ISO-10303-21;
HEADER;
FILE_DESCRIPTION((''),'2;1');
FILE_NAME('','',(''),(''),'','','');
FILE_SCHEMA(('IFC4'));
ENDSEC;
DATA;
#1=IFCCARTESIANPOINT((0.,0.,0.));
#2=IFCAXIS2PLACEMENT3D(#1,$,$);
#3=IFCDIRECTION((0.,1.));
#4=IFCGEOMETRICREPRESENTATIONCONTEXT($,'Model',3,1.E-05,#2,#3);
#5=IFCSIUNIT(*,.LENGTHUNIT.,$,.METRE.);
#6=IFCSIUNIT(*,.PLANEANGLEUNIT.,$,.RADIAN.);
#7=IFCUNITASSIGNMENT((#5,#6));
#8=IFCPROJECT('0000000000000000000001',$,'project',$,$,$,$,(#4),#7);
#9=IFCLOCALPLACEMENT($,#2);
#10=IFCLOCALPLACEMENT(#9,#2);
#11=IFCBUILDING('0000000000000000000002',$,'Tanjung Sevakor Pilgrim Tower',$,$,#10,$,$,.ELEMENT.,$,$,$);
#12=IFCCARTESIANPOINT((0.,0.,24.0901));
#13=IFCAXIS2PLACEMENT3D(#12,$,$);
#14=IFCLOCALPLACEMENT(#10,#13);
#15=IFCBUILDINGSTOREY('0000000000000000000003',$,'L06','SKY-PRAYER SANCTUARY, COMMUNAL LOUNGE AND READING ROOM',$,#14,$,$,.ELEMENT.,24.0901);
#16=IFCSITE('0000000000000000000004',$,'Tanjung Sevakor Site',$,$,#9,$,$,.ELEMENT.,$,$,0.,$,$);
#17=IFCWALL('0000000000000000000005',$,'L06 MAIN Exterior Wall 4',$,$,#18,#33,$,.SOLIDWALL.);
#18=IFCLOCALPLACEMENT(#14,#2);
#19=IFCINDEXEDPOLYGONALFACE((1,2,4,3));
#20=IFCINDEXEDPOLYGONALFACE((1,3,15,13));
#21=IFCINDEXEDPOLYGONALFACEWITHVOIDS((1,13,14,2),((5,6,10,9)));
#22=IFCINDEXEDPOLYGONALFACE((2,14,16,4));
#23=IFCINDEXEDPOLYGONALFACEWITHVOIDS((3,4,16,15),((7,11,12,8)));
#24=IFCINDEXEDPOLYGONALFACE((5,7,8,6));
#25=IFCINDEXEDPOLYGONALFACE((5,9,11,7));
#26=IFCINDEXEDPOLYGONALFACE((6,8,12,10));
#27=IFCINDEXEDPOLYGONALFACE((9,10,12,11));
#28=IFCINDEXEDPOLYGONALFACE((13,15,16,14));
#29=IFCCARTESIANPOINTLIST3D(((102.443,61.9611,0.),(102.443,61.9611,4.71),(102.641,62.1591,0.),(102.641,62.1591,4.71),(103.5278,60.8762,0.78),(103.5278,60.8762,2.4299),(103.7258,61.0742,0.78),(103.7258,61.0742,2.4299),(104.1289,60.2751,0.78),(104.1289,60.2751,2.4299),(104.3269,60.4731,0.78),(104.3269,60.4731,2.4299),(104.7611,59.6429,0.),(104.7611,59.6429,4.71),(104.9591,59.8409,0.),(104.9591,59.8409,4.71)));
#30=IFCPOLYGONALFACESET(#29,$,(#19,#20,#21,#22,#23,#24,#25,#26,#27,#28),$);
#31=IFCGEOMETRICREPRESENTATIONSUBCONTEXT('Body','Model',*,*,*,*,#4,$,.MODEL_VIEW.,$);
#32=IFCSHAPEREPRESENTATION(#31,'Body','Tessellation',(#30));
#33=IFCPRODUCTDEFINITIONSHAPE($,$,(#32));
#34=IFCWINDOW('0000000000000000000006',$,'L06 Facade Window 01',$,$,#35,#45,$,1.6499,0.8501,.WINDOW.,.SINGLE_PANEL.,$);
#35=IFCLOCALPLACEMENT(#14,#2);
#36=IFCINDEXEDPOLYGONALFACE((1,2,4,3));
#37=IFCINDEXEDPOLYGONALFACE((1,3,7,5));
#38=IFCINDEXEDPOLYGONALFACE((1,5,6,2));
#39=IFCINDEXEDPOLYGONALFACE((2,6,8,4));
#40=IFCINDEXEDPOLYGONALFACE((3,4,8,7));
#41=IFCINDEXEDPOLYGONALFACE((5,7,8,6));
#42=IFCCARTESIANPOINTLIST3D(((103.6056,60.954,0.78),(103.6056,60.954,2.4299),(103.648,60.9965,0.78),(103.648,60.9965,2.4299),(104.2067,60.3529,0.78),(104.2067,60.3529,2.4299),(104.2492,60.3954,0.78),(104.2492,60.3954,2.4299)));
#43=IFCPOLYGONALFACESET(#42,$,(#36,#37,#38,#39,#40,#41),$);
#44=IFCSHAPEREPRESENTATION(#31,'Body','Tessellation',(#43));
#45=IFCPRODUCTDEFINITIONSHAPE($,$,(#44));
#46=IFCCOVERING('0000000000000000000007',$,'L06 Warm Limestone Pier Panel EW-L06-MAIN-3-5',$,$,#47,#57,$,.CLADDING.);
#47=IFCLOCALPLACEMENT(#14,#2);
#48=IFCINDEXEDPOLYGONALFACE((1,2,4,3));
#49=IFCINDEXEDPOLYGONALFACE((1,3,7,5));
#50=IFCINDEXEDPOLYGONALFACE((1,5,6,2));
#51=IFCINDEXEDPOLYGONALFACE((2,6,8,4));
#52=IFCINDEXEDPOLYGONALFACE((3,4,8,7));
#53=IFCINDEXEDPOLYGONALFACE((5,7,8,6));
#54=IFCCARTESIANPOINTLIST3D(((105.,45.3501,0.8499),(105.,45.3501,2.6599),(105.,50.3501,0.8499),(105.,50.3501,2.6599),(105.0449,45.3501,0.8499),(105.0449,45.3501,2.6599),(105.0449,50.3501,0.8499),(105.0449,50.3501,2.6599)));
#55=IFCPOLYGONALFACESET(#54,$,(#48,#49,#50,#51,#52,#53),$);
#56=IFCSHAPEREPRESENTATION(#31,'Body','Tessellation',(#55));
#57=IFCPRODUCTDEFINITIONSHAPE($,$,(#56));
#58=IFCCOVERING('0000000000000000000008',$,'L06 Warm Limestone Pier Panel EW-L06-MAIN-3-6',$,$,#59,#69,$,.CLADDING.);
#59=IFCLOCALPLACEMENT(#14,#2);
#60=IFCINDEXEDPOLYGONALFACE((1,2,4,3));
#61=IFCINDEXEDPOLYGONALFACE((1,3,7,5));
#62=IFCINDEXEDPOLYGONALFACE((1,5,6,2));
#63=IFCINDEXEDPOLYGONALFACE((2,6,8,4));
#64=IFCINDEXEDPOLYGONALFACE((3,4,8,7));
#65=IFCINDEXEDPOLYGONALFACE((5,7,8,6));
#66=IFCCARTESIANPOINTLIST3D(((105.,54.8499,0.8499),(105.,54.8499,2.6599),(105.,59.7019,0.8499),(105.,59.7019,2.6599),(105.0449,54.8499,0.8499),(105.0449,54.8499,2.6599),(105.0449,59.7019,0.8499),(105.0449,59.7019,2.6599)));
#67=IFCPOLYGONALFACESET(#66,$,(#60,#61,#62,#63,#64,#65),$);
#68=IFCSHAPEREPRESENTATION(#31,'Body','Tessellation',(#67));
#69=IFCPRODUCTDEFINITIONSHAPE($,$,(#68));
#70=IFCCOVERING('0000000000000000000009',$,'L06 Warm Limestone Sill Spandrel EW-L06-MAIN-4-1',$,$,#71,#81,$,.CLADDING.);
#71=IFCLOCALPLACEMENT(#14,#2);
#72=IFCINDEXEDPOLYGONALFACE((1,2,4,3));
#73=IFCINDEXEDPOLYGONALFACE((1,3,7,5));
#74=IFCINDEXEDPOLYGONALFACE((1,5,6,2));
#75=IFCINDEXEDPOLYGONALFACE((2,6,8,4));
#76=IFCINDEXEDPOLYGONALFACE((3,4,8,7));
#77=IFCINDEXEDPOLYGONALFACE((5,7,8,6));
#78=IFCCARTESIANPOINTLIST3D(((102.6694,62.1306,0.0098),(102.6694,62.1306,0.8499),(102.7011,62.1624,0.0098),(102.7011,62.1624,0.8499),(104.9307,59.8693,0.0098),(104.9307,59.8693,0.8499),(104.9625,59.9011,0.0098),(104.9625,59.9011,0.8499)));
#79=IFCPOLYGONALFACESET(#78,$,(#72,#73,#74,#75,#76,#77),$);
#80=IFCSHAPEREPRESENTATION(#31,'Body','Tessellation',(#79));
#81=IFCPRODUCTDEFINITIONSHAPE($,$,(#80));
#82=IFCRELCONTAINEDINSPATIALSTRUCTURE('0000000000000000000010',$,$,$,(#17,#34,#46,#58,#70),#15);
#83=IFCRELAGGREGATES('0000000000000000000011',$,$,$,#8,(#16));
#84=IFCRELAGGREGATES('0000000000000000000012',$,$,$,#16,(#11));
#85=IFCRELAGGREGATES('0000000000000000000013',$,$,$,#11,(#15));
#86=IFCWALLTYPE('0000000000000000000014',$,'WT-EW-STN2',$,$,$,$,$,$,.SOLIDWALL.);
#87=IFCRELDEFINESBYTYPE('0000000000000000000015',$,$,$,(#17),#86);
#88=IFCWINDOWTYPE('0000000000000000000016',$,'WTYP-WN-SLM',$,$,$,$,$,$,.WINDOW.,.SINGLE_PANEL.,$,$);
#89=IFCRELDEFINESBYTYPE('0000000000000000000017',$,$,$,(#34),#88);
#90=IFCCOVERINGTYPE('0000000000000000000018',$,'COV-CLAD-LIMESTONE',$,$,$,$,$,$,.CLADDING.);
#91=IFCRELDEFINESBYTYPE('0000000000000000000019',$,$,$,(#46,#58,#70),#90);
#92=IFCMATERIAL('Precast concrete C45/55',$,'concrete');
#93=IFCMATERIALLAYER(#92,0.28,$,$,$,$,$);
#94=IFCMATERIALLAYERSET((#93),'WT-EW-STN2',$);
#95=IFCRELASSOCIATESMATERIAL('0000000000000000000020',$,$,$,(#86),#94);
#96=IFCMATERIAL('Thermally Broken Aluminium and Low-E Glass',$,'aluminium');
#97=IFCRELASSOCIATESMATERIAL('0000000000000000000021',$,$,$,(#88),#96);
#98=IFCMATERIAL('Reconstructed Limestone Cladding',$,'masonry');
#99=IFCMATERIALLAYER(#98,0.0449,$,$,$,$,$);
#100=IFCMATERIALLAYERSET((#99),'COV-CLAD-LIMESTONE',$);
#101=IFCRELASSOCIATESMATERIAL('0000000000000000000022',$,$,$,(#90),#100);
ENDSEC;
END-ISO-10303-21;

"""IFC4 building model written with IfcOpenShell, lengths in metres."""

from ifc_helpers import new_model, si_unit, direction, frame, frame_2d, origin, origin_2d, place, context, subcontext, project, spatial, rectangle, extrude, material, layer, layer_set, type_object, element, fill, save


model = new_model("IFC4")

# Units and contexts
model_context = context("Model", 3, precision=1e-05, world=origin(), true_north=direction((0.0, 1.0)))
body_context = subcontext(model_context, "Body", "Model", "MODEL_VIEW")
ifc_project = project(units=[si_unit("LENGTHUNIT", "METRE"), si_unit("PLANEANGLEUNIT", "RADIAN")], contexts=[model_context])

# Site, building, storey
site_placement = place(None, origin())
site = spatial("IfcSite", under=ifc_project, at=site_placement, Name="Tanjung Sevakor Site", CompositionType="ELEMENT", RefElevation=0.0)
building_placement = place(site_placement, origin())
building = spatial("IfcBuilding", under=site, at=building_placement, Name="Tanjung Sevakor Pilgrim Tower", CompositionType="ELEMENT")
storey_placement = place(building_placement, frame((0.0, 0.0, 24.0901)))
storey = spatial("IfcBuildingStorey", under=building, at=storey_placement, Name="L06", Description="SKY-PRAYER SANCTUARY, COMMUNAL LOUNGE AND READING ROOM", CompositionType="ELEMENT", Elevation=24.0901)

# Wall, opening, window
ifc_material_1 = material(Name="Precast concrete C45/55", Category="concrete")
ifc_layer_1 = layer(ifc_material_1, 0.28)
ifc_layer_set_1 = layer_set([ifc_layer_1], Name="WT-EW-STN2")
wall_type_1 = type_object("IfcWallType", Name="WT-EW-STN2", PredefinedType="SOLIDWALL", material=ifc_layer_set_1)
wall_1_placement = place(storey_placement, frame((104.8601, 59.7419, 0.0), z_axis=(0.0, 0.0, 1.0), x_axis=(-0.707107, 0.707107, 0.0)))
wall_1 = element("IfcWall", 1, at=wall_1_placement, inside=storey, type_object=wall_type_1, Name="L06 MAIN Exterior Wall 4", PredefinedType="SOLIDWALL", context=body_context, shape_type="SweptSolid", body=[
    extrude(rectangle(XDim=3.2783, YDim=0.28, at=frame_2d((1.6392, 0.0))), origin(), (0.0, 0.0, 1.0), 4.71),
])
opening_1_placement = place(wall_1_placement, frame((0.894, 0.0, 0.78)))
opening_1 = element("IfcOpeningElement", 2, at=opening_1_placement, cuts=wall_1, PredefinedType="OPENING", context=body_context, shape_type="SweptSolid", body=[
    extrude(rectangle(XDim=0.8501, YDim=1.6499, at=frame_2d((0.425, 0.825))), frame((0.0, 0.1499, 0.0), z_axis=(0.0, -1.0, 0.0), x_axis=(1.0, 0.0, 0.0)), (0.0, 0.0, 1.0), 0.3),
])
ifc_material_2 = material(Name="Thermally Broken Aluminium and Low-E Glass", Category="aluminium")
window_type_1 = type_object("IfcWindowType", Name="WTYP-WN-SLM", PartitioningType="SINGLE_PANEL", PredefinedType="WINDOW", material=ifc_material_2)
window_1_placement = place(opening_1_placement, origin())
window_1 = element("IfcWindow", 3, at=window_1_placement, inside=storey, type_object=window_type_1, Name="L06 Facade Window 01", OverallHeight=1.6499, OverallWidth=0.8501, PartitioningType="SINGLE_PANEL", PredefinedType="WINDOW", context=body_context, shape_type="SweptSolid", body=[
    extrude(rectangle(XDim=0.8501, YDim=1.6499, at=frame_2d((0.425, 0.825))), frame((0.0, 0.03, 0.0), z_axis=(0.0, -1.0, 0.0), x_axis=(1.0, 0.0, 0.0)), (0.0, 0.0, 1.0), 0.0601),
])
fill(opening_1, window_1)

# Coverings
ifc_material_3 = material(Name="Reconstructed Limestone Cladding", Category="masonry")
ifc_layer_2 = layer(ifc_material_3, 0.0449)
ifc_layer_set_2 = layer_set([ifc_layer_2], Name="COV-CLAD-LIMESTONE")
covering_type = type_object("IfcCoveringType", Name="COV-CLAD-LIMESTONE", PredefinedType="CLADDING", material=ifc_layer_set_2)
covering_1_placement = place(storey_placement, frame((105.0225, 47.8501, 0.8499), z_axis=(0.0, 0.0, 1.0), x_axis=(0.0, 1.0, 0.0)))
element("IfcCovering", 4, at=covering_1_placement, inside=storey, type_object=covering_type, Name="L06 Warm Limestone Pier Panel EW-L06-MAIN-3-5", PredefinedType="CLADDING", context=body_context, shape_type="SweptSolid", body=[
    extrude(rectangle(XDim=5.0, YDim=0.0449, at=origin_2d()), origin(), (0.0, 0.0, 1.0), 1.8101),
])
covering_2_placement = place(storey_placement, frame((105.0225, 57.2759, 0.8499), z_axis=(0.0, 0.0, 1.0), x_axis=(0.0, 1.0, 0.0)))
element("IfcCovering", 5, at=covering_2_placement, inside=storey, type_object=covering_type, Name="L06 Warm Limestone Pier Panel EW-L06-MAIN-3-6", PredefinedType="CLADDING", context=body_context, shape_type="SweptSolid", body=[
    extrude(rectangle(XDim=4.8521, YDim=0.0449, at=origin_2d()), origin(), (0.0, 0.0, 1.0), 1.8101),
])
covering_3_placement = place(storey_placement, frame((103.8159, 61.0159, 0.0098), z_axis=(0.0, 0.0, 1.0), x_axis=(-0.707107, 0.707107, 0.0)))
element("IfcCovering", 6, at=covering_3_placement, inside=storey, type_object=covering_type, Name="L06 Warm Limestone Sill Spandrel EW-L06-MAIN-4-1", PredefinedType="CLADDING", context=body_context, shape_type="SweptSolid", body=[
    extrude(rectangle(XDim=3.198, YDim=0.0449, at=origin_2d()), origin(), (0.0, 0.0, 1.0), 0.8401),
])

save(model, "model.ifc")
